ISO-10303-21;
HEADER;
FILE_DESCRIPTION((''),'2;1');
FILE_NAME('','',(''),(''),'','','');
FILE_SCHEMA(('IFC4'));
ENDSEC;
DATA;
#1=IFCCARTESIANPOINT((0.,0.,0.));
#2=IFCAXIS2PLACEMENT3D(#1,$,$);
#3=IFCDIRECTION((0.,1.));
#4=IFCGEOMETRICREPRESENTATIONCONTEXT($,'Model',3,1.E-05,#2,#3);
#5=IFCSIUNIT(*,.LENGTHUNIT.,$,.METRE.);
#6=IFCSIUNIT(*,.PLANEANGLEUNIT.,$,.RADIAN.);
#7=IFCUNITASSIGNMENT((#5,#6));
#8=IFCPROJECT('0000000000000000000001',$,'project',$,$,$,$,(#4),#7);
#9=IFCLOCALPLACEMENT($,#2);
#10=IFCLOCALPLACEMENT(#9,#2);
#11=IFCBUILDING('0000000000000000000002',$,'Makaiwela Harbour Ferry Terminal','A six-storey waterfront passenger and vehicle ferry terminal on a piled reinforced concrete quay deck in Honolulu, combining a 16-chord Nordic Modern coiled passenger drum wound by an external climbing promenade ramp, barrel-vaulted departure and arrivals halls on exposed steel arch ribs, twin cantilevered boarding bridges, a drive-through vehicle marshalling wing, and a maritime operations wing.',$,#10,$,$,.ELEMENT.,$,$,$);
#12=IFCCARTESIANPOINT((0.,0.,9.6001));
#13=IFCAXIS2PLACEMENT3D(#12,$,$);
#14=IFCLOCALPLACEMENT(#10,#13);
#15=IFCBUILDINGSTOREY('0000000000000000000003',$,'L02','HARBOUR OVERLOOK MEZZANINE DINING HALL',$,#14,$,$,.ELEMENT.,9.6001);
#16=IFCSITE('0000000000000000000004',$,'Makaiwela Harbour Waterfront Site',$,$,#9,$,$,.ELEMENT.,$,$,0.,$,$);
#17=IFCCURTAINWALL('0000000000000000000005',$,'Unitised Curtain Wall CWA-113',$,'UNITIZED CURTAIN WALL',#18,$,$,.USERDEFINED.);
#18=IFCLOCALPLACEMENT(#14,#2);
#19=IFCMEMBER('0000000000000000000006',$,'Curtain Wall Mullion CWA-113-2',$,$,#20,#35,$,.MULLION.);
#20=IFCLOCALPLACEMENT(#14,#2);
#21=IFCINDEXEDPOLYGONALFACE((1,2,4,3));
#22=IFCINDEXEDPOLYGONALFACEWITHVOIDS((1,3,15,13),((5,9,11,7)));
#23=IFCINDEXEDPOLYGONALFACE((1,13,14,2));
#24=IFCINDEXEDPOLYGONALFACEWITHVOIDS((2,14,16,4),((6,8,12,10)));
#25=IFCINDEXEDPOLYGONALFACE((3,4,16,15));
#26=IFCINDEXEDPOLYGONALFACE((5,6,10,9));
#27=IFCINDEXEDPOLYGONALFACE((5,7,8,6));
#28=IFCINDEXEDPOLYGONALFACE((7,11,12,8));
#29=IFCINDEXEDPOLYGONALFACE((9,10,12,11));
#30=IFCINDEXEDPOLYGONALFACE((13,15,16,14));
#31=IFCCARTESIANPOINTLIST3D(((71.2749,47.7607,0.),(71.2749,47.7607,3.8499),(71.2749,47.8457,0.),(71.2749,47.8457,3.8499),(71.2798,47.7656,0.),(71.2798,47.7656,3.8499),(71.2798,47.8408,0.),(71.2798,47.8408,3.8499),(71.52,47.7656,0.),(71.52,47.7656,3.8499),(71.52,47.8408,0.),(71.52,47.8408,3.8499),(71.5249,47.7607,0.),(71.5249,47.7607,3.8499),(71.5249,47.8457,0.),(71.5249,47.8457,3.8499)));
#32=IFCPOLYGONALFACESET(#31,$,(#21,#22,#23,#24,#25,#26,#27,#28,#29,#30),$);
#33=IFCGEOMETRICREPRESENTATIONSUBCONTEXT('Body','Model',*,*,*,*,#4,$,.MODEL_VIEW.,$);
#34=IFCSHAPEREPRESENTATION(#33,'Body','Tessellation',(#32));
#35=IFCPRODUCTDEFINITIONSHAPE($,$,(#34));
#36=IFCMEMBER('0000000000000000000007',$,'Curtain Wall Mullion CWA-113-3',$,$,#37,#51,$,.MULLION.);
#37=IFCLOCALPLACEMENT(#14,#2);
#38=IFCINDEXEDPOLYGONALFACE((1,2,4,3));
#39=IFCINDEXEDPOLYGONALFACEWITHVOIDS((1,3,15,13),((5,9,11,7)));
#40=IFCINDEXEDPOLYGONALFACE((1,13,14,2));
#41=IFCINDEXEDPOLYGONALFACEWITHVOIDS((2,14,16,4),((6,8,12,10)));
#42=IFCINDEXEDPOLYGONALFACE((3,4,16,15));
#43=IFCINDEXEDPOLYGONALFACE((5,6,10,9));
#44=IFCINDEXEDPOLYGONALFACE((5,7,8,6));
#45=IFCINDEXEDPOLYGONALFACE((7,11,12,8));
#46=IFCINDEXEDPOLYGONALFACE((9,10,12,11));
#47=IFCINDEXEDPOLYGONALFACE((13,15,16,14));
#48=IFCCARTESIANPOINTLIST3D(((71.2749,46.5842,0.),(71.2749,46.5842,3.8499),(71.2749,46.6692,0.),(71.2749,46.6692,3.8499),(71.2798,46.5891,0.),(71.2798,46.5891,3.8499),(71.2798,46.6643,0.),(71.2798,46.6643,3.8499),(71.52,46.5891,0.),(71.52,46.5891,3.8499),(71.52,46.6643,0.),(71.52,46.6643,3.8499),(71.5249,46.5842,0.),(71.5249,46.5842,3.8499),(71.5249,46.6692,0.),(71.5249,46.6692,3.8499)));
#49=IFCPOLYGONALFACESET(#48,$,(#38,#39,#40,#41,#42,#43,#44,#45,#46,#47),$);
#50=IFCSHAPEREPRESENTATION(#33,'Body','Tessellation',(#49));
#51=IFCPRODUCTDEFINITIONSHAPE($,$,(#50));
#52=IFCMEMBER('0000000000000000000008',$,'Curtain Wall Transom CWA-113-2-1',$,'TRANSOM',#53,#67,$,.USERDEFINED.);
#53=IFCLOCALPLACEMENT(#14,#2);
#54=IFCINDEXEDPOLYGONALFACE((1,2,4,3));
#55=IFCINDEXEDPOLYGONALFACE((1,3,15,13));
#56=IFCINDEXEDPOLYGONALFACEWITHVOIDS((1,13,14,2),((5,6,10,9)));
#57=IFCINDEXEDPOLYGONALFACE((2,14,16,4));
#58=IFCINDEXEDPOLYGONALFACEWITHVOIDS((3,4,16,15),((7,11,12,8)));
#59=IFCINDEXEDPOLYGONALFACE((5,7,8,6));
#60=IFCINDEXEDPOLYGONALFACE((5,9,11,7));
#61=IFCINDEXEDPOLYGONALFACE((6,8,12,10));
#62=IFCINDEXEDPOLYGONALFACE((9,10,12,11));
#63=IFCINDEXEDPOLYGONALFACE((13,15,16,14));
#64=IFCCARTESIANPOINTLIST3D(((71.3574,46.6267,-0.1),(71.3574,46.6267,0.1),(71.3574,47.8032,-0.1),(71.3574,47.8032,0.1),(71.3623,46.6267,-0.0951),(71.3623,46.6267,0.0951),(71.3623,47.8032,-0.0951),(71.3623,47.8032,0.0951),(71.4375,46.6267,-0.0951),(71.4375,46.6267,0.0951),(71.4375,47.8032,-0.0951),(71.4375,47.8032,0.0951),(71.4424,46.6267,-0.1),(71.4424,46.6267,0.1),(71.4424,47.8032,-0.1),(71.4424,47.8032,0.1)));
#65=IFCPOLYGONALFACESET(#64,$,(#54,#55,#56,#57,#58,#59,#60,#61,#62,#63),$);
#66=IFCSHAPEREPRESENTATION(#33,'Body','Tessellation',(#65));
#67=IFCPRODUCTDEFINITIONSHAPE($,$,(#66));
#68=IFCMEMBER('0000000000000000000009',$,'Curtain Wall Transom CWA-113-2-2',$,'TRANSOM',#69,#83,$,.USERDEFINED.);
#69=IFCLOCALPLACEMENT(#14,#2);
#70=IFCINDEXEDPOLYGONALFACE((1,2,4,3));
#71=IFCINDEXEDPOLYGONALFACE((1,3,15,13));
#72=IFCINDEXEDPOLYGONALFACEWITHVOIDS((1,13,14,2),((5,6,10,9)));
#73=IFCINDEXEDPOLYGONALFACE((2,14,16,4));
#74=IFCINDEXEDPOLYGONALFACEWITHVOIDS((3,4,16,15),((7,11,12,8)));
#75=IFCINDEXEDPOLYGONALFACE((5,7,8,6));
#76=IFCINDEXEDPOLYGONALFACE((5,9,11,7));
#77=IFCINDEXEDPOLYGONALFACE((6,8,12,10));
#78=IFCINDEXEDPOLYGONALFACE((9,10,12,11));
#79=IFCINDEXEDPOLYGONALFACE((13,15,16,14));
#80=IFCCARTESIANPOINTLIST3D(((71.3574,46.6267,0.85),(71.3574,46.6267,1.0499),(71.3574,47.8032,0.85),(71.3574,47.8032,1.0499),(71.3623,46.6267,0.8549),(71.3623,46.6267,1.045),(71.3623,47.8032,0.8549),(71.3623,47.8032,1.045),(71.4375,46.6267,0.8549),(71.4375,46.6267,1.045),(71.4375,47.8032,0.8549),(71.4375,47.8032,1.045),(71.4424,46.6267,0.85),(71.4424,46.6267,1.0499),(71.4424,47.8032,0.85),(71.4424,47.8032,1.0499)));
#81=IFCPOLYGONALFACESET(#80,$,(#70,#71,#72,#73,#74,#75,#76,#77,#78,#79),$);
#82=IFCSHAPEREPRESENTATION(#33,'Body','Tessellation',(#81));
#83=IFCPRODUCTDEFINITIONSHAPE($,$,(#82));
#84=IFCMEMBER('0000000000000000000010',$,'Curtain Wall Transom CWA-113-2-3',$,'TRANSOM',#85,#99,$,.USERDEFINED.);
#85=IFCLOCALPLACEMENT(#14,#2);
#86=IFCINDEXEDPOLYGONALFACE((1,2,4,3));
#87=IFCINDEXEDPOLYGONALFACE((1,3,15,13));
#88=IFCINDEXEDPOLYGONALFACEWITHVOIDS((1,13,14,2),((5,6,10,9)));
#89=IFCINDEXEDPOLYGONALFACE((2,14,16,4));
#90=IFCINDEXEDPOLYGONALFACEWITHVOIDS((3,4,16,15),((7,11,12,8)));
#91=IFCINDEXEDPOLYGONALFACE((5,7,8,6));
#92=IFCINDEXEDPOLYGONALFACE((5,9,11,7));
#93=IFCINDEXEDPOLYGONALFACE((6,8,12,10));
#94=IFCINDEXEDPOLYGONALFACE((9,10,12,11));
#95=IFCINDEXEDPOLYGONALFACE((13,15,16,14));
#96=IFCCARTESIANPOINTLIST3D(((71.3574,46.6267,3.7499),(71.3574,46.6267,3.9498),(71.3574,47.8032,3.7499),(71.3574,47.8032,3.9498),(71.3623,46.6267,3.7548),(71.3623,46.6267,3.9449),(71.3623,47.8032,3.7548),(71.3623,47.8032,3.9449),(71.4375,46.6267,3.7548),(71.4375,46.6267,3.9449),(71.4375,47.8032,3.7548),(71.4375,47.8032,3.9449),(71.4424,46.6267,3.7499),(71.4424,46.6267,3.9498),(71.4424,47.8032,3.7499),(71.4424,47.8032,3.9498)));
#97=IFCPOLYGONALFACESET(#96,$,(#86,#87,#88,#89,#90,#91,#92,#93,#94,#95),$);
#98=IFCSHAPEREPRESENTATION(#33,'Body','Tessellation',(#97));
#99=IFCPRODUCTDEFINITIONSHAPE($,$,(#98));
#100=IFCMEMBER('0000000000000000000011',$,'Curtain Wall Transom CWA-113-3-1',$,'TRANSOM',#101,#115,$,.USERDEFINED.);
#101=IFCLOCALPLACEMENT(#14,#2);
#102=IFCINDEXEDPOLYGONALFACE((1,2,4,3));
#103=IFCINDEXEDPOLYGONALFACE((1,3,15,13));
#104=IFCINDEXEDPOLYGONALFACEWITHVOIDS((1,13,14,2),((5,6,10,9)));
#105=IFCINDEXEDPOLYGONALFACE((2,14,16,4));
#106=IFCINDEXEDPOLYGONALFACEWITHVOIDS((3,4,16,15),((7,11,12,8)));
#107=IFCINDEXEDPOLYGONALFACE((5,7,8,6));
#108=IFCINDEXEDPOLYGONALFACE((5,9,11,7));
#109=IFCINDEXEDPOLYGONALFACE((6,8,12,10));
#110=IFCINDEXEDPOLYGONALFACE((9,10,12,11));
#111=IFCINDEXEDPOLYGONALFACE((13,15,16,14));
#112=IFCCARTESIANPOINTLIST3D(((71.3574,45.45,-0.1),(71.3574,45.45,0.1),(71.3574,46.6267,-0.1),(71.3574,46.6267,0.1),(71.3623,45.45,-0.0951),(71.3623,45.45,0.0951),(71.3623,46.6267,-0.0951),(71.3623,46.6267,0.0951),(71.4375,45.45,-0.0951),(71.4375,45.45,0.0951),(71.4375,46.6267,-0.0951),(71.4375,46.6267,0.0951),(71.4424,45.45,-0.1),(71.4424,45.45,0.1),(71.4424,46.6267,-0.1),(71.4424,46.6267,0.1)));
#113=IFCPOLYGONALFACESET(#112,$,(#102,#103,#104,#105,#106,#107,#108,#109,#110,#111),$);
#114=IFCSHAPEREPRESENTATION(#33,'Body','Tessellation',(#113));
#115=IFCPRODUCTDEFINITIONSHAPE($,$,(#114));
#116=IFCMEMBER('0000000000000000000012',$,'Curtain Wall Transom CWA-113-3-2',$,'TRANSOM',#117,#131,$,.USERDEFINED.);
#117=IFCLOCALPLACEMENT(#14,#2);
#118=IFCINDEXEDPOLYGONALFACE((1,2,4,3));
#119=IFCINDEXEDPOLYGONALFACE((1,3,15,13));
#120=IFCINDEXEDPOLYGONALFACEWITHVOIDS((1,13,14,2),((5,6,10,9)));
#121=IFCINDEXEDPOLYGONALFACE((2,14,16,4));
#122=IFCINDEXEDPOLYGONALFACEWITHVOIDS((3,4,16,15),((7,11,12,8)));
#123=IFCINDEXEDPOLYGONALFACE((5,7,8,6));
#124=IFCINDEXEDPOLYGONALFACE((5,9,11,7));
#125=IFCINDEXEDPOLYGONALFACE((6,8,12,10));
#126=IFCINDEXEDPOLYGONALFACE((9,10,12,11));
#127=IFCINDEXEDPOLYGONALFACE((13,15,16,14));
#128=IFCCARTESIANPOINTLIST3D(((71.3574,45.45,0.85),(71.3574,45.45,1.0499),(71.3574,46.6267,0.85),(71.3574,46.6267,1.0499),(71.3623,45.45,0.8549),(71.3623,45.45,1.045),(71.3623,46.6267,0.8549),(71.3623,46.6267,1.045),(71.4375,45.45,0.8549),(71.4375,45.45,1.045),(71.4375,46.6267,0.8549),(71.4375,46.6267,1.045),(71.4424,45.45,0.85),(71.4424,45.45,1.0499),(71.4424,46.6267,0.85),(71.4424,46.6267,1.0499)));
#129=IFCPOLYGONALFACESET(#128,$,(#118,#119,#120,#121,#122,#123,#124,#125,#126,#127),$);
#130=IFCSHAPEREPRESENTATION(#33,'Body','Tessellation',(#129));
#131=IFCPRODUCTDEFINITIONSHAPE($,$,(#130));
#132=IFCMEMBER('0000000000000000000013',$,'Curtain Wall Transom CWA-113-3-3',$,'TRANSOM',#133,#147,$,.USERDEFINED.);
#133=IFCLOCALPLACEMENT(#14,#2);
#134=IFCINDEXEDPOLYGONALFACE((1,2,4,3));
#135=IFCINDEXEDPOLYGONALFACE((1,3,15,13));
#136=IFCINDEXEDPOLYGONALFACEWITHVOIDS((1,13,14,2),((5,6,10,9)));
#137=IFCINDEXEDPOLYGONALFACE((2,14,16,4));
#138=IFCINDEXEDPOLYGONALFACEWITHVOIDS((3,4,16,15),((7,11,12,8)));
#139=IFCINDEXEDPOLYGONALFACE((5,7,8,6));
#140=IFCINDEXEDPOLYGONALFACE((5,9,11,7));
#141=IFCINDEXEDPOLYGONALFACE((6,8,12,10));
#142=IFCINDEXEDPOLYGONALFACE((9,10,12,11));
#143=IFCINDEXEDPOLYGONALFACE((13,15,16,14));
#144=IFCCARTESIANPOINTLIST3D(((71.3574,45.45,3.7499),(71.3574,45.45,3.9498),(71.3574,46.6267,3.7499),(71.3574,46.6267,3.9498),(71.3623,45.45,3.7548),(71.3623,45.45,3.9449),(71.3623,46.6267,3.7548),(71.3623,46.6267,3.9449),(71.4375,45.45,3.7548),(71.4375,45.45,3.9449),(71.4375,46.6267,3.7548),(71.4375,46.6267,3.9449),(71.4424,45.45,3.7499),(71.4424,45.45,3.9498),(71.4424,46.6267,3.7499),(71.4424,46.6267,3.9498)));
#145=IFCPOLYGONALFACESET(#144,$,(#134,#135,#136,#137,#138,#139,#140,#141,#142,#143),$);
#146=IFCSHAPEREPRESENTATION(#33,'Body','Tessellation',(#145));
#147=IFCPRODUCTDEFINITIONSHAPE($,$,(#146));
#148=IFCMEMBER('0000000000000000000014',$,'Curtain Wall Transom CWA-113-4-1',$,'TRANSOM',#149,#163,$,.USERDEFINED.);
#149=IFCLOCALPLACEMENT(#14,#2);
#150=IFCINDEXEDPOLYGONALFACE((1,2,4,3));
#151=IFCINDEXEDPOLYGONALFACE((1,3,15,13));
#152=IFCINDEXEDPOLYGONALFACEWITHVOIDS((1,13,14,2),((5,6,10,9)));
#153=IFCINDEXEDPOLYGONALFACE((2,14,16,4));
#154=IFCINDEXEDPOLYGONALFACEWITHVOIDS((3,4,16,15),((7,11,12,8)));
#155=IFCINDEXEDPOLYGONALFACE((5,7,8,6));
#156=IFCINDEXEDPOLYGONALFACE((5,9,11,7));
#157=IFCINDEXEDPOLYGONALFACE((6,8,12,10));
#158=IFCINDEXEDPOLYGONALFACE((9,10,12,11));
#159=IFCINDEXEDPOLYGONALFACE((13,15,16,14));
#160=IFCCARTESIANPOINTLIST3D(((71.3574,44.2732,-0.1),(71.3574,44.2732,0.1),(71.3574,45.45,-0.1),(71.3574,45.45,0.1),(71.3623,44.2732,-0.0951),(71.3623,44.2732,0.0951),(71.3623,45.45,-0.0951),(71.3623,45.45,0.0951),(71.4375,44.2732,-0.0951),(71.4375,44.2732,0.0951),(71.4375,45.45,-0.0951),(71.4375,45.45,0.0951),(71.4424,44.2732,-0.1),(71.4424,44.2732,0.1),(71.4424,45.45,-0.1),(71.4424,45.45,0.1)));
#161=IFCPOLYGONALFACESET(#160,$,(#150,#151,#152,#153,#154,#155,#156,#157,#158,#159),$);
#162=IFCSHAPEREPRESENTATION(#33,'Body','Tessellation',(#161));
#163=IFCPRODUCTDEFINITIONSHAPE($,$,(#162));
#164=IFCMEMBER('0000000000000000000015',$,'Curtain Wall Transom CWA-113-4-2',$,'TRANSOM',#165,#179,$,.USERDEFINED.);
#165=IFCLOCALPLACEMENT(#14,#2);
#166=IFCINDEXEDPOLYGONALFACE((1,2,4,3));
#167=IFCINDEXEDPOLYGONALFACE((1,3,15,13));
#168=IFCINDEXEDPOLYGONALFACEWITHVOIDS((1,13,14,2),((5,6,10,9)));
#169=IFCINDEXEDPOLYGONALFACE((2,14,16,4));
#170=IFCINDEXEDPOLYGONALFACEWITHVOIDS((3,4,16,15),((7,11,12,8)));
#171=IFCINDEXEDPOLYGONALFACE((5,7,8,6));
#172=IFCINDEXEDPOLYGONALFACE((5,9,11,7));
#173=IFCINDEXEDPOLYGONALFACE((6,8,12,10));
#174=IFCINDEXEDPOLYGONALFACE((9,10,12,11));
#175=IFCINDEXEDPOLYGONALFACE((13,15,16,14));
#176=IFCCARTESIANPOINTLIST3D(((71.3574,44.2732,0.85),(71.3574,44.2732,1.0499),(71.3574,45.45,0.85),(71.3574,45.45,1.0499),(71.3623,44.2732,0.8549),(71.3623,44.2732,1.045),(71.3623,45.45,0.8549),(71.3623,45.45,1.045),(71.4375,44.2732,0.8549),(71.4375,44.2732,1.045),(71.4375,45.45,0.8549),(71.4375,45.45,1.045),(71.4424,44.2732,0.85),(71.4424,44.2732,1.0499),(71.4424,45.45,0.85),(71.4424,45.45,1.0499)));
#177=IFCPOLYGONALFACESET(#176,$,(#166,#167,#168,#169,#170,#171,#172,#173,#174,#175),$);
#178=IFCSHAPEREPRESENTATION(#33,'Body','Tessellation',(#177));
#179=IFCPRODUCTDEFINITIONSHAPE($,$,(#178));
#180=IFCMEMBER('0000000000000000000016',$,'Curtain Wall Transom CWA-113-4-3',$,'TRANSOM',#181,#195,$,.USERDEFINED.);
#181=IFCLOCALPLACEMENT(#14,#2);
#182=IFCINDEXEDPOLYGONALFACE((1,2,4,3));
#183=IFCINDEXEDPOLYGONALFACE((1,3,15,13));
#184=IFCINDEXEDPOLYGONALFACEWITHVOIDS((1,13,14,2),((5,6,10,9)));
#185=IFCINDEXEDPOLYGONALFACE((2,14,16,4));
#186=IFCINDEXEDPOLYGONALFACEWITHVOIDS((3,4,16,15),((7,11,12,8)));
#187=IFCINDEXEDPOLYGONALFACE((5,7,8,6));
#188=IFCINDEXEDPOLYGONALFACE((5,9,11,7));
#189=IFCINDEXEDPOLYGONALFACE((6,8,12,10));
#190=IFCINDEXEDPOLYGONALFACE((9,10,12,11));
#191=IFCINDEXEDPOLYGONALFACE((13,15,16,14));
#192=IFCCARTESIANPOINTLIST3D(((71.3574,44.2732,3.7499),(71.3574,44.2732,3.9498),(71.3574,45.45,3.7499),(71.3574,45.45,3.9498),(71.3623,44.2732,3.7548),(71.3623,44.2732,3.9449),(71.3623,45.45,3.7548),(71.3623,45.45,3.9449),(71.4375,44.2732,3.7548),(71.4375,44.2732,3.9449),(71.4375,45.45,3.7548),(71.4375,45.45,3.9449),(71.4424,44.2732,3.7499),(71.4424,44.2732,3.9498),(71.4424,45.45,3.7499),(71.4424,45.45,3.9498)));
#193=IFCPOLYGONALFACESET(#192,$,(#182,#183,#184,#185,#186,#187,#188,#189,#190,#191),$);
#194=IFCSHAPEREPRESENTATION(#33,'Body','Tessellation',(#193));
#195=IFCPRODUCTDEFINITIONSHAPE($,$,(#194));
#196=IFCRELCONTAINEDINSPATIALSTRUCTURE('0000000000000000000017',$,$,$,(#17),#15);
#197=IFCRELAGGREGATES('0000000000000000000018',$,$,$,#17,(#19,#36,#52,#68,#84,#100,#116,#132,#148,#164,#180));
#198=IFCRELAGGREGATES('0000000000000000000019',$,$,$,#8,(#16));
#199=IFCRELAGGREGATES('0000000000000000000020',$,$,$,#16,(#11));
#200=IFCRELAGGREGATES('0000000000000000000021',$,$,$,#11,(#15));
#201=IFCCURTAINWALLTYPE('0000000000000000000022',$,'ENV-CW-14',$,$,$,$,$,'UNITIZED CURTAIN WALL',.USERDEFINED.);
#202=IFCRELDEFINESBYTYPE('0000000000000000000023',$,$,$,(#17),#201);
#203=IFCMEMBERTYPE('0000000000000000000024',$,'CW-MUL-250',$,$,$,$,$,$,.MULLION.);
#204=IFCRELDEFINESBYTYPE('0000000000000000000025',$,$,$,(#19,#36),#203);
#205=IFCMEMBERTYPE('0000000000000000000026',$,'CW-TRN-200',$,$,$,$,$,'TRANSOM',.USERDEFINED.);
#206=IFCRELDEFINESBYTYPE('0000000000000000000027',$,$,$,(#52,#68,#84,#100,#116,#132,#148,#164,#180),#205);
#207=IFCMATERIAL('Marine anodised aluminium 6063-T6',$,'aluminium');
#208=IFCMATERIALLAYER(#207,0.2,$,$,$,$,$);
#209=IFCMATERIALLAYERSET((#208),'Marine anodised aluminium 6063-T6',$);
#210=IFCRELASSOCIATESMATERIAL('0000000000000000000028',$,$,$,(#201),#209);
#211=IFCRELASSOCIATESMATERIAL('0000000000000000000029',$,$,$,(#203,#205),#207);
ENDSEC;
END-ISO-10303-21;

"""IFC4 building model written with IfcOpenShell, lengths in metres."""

from ifc_helpers import new_model, si_unit, direction, frame, origin, origin_2d, place, context, subcontext, project, spatial, hollow_rectangle, extrude, material, layer, layer_set, material_profile, profile_set, type_object, element, aggregate, save


model = new_model("IFC4")

# Units and contexts
model_context = context("Model", 3, precision=1e-05, world=origin(), true_north=direction((0.0, 1.0)))
body_context = subcontext(model_context, "Body", "Model", "MODEL_VIEW")
ifc_project = project(units=[si_unit("LENGTHUNIT", "METRE"), si_unit("PLANEANGLEUNIT", "RADIAN")], contexts=[model_context])

# Site, building, storey
site_placement = place(None, origin())
site = spatial("IfcSite", under=ifc_project, at=site_placement, Name="Makaiwela Harbour Waterfront Site", CompositionType="ELEMENT", RefElevation=0.0)
building_placement = place(site_placement, origin())
building = spatial("IfcBuilding", under=site, at=building_placement, Name="Makaiwela Harbour Ferry Terminal", Description="A six-storey waterfront passenger and vehicle ferry terminal on a piled reinforced concrete quay deck in Honolulu, combining a 16-chord Nordic Modern coiled passenger drum wound by an external climbing promenade ramp, barrel-vaulted departure and arrivals halls on exposed steel arch ribs, twin cantilevered boarding bridges, a drive-through vehicle marshalling wing, and a maritime operations wing.", CompositionType="ELEMENT")
storey_placement = place(building_placement, frame((0.0, 0.0, 9.6001)))
storey = spatial("IfcBuildingStorey", under=building, at=storey_placement, Name="L02", Description="HARBOUR OVERLOOK MEZZANINE DINING HALL", CompositionType="ELEMENT", Elevation=9.6001)

# Curtain wall, members
ifc_material_1 = material(Name="Marine anodised aluminium 6063-T6", Category="aluminium")
ifc_layer_1 = layer(ifc_material_1, 0.2)
ifc_layer_set_1 = layer_set([ifc_layer_1], Name="Marine anodised aluminium 6063-T6")
curtain_wall_type = type_object("IfcCurtainWallType", Name="ENV-CW-14", ElementType="UNITIZED CURTAIN WALL", PredefinedType="USERDEFINED", material=ifc_layer_set_1)
curtain_wall_placement = place(storey_placement, origin())
curtain_wall = element("IfcCurtainWall", 1, at=curtain_wall_placement, inside=storey, type_object=curtain_wall_type, Name="Unitised Curtain Wall CWA-113", ObjectType="UNITIZED CURTAIN WALL", PredefinedType="USERDEFINED")
ifc_material_profile_1 = material_profile(ifc_material_1, hollow_rectangle(XDim=0.085, YDim=0.25, WallThickness=0.0049, at=origin_2d()), Name="CWM-250X85")
ifc_profile_set_1 = profile_set([ifc_material_profile_1], Name="Marine anodised aluminium 6063-T6")
member_type_1 = type_object("IfcMemberType", Name="CW-MUL-250", PredefinedType="MULLION", material=ifc_profile_set_1)
member_1_placement = place(storey_placement, frame((71.3999, 47.8032, 0.0), z_axis=(0.0, 0.0, 1.0), x_axis=(0.0, 1.0, 0.0)))
member_1 = element("IfcMember", 2, at=member_1_placement, type_object=member_type_1, Name="Curtain Wall Mullion CWA-113-2", PredefinedType="MULLION", context=body_context, shape_type="SweptSolid", body=[
    extrude(hollow_rectangle(XDim=0.085, YDim=0.25, WallThickness=0.0049, at=origin_2d()), origin(), (0.0, 0.0, 1.0), 3.8499),
])
member_2_placement = place(storey_placement, frame((71.3999, 46.6267, 0.0), z_axis=(0.0, 0.0, 1.0), x_axis=(0.0, 1.0, 0.0)))
member_2 = element("IfcMember", 3, at=member_2_placement, type_object=member_type_1, Name="Curtain Wall Mullion CWA-113-3", PredefinedType="MULLION", context=body_context, shape_type="SweptSolid", body=[
    extrude(hollow_rectangle(XDim=0.085, YDim=0.25, WallThickness=0.0049, at=origin_2d()), origin(), (0.0, 0.0, 1.0), 3.8499),
])
ifc_material_profile_2 = material_profile(ifc_material_1, hollow_rectangle(XDim=0.085, YDim=0.2, WallThickness=0.0049, at=origin_2d()), Name="CWT-200X85")
ifc_profile_set_2 = profile_set([ifc_material_profile_2], Name="Marine anodised aluminium 6063-T6")
member_type_2 = type_object("IfcMemberType", Name="CW-TRN-200", ElementType="TRANSOM", PredefinedType="USERDEFINED", material=ifc_profile_set_2)
member_3_placement = place(storey_placement, frame((71.3999, 47.8032, 0.0), z_axis=(0.0, -1.0, 0.0), x_axis=(1.0, 0.0, 0.0)))
member_3 = element("IfcMember", 4, at=member_3_placement, type_object=member_type_2, Name="Curtain Wall Transom CWA-113-2-1", ObjectType="TRANSOM", PredefinedType="USERDEFINED", context=body_context, shape_type="SweptSolid", body=[
    extrude(hollow_rectangle(XDim=0.085, YDim=0.2, WallThickness=0.0049, at=origin_2d()), origin(), (0.0, 0.0, 1.0), 1.1765),
])
member_4_placement = place(storey_placement, frame((71.3999, 47.8032, 0.95), z_axis=(0.0, -1.0, 0.0), x_axis=(1.0, 0.0, 0.0)))
member_4 = element("IfcMember", 5, at=member_4_placement, type_object=member_type_2, Name="Curtain Wall Transom CWA-113-2-2", ObjectType="TRANSOM", PredefinedType="USERDEFINED", context=body_context, shape_type="SweptSolid", body=[
    extrude(hollow_rectangle(XDim=0.085, YDim=0.2, WallThickness=0.0049, at=origin_2d()), origin(), (0.0, 0.0, 1.0), 1.1765),
])
member_5_placement = place(storey_placement, frame((71.3999, 47.8032, 3.8499), z_axis=(0.0, -1.0, 0.0), x_axis=(1.0, 0.0, 0.0)))
member_5 = element("IfcMember", 6, at=member_5_placement, type_object=member_type_2, Name="Curtain Wall Transom CWA-113-2-3", ObjectType="TRANSOM", PredefinedType="USERDEFINED", context=body_context, shape_type="SweptSolid", body=[
    extrude(hollow_rectangle(XDim=0.085, YDim=0.2, WallThickness=0.0049, at=origin_2d()), origin(), (0.0, 0.0, 1.0), 1.1765),
])
member_6_placement = place(storey_placement, frame((71.3999, 46.6267, 0.0), z_axis=(0.0, -1.0, 0.0), x_axis=(1.0, 0.0, 0.0)))
member_6 = element("IfcMember", 7, at=member_6_placement, type_object=member_type_2, Name="Curtain Wall Transom CWA-113-3-1", ObjectType="TRANSOM", PredefinedType="USERDEFINED", context=body_context, shape_type="SweptSolid", body=[
    extrude(hollow_rectangle(XDim=0.085, YDim=0.2, WallThickness=0.0049, at=origin_2d()), origin(), (0.0, 0.0, 1.0), 1.1768),
])
member_7_placement = place(storey_placement, frame((71.3999, 46.6267, 0.95), z_axis=(0.0, -1.0, 0.0), x_axis=(1.0, 0.0, 0.0)))
member_7 = element("IfcMember", 8, at=member_7_placement, type_object=member_type_2, Name="Curtain Wall Transom CWA-113-3-2", ObjectType="TRANSOM", PredefinedType="USERDEFINED", context=body_context, shape_type="SweptSolid", body=[
    extrude(hollow_rectangle(XDim=0.085, YDim=0.2, WallThickness=0.0049, at=origin_2d()), origin(), (0.0, 0.0, 1.0), 1.1768),
])
member_8_placement = place(storey_placement, frame((71.3999, 46.6267, 3.8499), z_axis=(0.0, -1.0, 0.0), x_axis=(1.0, 0.0, 0.0)))
member_8 = element("IfcMember", 9, at=member_8_placement, type_object=member_type_2, Name="Curtain Wall Transom CWA-113-3-3", ObjectType="TRANSOM", PredefinedType="USERDEFINED", context=body_context, shape_type="SweptSolid", body=[
    extrude(hollow_rectangle(XDim=0.085, YDim=0.2, WallThickness=0.0049, at=origin_2d()), origin(), (0.0, 0.0, 1.0), 1.1768),
])
member_9_placement = place(storey_placement, frame((71.3999, 45.45, 0.0), z_axis=(0.0, -1.0, 0.0), x_axis=(1.0, 0.0, 0.0)))
member_9 = element("IfcMember", 10, at=member_9_placement, type_object=member_type_2, Name="Curtain Wall Transom CWA-113-4-1", ObjectType="TRANSOM", PredefinedType="USERDEFINED", context=body_context, shape_type="SweptSolid", body=[
    extrude(hollow_rectangle(XDim=0.085, YDim=0.2, WallThickness=0.0049, at=origin_2d()), origin(), (0.0, 0.0, 1.0), 1.1768),
])
member_10_placement = place(storey_placement, frame((71.3999, 45.45, 0.95), z_axis=(0.0, -1.0, 0.0), x_axis=(1.0, 0.0, 0.0)))
member_10 = element("IfcMember", 11, at=member_10_placement, type_object=member_type_2, Name="Curtain Wall Transom CWA-113-4-2", ObjectType="TRANSOM", PredefinedType="USERDEFINED", context=body_context, shape_type="SweptSolid", body=[
    extrude(hollow_rectangle(XDim=0.085, YDim=0.2, WallThickness=0.0049, at=origin_2d()), origin(), (0.0, 0.0, 1.0), 1.1768),
])
member_11_placement = place(storey_placement, frame((71.3999, 45.45, 3.8499), z_axis=(0.0, -1.0, 0.0), x_axis=(1.0, 0.0, 0.0)))
member_11 = element("IfcMember", 12, at=member_11_placement, type_object=member_type_2, Name="Curtain Wall Transom CWA-113-4-3", ObjectType="TRANSOM", PredefinedType="USERDEFINED", context=body_context, shape_type="SweptSolid", body=[
    extrude(hollow_rectangle(XDim=0.085, YDim=0.2, WallThickness=0.0049, at=origin_2d()), origin(), (0.0, 0.0, 1.0), 1.1768),
])
aggregate(curtain_wall, [member_1, member_2, member_3, member_4, member_5, member_6, member_7, member_8, member_9, member_10, member_11])

save(model, "model.ifc")
